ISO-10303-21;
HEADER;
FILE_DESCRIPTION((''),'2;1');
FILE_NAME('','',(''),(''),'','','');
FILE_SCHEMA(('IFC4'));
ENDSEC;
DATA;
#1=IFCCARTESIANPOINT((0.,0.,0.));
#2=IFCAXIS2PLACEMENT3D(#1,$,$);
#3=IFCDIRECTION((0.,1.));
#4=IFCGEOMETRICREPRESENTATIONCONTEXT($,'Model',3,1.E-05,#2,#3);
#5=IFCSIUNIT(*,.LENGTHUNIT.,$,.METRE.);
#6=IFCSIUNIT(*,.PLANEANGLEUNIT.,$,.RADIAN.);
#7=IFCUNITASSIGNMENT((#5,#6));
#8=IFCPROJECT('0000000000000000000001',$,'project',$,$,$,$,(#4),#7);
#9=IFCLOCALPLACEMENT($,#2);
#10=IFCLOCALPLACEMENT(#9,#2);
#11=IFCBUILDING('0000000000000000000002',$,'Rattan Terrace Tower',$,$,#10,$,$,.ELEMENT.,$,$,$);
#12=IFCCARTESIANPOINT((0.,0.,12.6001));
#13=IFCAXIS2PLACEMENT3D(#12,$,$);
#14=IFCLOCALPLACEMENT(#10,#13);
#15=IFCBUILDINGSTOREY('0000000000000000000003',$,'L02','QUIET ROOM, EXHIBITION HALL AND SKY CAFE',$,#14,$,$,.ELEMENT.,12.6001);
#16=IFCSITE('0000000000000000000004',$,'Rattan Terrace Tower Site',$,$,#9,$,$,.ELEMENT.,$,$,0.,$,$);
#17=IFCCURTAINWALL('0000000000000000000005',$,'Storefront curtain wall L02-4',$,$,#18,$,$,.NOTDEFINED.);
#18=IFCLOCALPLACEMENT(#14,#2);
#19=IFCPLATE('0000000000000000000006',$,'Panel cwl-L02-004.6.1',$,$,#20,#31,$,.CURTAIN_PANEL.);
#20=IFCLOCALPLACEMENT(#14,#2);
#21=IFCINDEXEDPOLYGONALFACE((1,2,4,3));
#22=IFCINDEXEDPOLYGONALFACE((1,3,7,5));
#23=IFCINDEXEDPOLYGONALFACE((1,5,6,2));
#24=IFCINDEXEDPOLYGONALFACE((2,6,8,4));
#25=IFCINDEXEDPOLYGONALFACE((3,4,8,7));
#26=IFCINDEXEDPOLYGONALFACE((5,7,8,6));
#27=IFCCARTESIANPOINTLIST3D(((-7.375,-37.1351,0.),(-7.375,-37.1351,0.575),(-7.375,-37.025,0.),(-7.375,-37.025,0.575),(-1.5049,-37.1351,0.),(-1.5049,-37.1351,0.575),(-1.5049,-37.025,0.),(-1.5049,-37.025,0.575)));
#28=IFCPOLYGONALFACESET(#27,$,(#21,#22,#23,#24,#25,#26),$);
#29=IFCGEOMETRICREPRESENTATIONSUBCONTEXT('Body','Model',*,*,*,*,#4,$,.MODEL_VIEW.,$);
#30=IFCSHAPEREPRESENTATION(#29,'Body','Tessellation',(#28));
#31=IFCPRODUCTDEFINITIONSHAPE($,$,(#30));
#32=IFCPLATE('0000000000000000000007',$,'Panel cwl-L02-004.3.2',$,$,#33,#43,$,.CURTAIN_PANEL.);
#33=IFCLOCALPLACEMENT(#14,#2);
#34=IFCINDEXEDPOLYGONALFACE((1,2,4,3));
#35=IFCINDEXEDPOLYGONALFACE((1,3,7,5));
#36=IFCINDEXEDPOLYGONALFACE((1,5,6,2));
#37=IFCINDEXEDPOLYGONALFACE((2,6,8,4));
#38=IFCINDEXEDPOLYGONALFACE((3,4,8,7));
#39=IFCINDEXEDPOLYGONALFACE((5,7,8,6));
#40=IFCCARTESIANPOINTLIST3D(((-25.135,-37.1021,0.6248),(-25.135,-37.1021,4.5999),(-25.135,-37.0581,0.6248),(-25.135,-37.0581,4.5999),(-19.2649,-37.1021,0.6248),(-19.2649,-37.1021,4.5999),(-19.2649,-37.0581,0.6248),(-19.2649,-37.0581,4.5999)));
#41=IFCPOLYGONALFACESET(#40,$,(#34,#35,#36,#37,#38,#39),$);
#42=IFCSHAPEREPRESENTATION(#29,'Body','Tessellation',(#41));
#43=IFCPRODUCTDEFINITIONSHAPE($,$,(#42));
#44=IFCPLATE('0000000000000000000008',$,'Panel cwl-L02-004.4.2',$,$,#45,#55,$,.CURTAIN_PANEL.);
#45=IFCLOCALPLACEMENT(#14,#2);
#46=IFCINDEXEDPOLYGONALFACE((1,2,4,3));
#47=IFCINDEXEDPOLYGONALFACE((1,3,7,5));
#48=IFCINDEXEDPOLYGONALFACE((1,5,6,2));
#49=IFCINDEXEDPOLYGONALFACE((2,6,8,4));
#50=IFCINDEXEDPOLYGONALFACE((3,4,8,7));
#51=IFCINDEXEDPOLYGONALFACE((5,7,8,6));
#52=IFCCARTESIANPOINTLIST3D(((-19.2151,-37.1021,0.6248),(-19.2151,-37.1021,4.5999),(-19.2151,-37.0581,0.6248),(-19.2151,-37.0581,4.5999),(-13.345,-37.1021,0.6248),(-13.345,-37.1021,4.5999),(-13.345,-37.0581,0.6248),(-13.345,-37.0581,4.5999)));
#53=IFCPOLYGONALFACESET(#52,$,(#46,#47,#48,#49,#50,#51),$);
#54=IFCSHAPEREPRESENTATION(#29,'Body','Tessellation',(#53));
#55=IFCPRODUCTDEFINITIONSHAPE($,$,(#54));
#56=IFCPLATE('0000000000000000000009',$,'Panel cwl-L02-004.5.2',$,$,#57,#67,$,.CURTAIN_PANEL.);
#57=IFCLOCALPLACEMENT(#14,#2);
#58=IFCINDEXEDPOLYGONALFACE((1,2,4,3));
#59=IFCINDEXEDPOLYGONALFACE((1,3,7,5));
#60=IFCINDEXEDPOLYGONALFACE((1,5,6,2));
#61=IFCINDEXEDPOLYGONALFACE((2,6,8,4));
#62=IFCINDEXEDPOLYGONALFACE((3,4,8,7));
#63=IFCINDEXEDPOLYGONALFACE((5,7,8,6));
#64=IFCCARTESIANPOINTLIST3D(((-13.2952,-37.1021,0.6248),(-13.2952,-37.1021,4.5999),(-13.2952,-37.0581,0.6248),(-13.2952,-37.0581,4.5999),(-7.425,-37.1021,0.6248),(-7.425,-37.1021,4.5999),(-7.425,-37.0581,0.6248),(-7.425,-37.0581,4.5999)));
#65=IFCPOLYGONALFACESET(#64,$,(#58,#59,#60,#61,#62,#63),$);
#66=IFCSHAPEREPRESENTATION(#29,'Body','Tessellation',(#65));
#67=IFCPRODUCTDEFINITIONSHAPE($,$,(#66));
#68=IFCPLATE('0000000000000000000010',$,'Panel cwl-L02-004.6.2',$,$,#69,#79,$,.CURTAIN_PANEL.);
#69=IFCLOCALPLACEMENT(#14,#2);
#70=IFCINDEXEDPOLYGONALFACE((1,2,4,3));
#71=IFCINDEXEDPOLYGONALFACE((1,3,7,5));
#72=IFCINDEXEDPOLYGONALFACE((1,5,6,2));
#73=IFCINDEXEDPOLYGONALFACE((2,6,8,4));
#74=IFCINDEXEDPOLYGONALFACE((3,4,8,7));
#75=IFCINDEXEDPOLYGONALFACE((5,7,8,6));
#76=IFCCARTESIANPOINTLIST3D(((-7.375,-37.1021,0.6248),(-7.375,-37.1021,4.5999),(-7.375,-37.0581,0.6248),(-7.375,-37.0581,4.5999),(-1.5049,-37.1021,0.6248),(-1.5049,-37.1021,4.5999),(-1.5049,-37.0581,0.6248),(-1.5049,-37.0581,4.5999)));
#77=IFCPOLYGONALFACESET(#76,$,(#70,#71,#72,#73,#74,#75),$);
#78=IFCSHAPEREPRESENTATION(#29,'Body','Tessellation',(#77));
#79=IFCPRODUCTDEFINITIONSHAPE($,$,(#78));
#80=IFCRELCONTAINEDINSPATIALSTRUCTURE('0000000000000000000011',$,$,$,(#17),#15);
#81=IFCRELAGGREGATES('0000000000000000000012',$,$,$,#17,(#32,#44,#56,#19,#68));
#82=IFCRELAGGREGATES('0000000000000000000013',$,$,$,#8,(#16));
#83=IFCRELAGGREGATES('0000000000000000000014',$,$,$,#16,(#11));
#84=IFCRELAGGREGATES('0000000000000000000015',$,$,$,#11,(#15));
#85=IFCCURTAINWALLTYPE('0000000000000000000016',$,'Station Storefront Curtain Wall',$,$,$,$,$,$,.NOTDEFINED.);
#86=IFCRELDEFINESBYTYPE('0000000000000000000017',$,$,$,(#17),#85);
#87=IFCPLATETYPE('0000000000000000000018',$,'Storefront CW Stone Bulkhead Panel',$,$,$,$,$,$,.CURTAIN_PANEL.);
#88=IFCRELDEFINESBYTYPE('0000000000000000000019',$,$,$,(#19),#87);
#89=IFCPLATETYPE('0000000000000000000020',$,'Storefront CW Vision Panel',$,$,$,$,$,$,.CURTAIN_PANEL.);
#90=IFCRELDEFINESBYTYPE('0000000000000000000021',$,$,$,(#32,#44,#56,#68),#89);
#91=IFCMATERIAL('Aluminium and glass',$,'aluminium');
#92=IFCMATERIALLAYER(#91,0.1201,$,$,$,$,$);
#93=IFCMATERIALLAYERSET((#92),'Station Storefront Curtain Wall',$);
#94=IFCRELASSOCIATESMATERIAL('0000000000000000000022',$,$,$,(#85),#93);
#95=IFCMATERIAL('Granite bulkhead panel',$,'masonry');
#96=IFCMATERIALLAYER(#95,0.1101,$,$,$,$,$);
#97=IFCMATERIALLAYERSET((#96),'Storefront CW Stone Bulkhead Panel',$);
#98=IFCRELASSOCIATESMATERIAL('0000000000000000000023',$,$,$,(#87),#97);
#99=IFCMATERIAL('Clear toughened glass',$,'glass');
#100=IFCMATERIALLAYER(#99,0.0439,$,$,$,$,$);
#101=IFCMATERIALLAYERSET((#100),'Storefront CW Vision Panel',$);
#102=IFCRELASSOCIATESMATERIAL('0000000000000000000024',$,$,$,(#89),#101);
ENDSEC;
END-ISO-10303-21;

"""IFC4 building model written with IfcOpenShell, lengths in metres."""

from ifc_helpers import new_model, si_unit, direction, frame, origin, origin_2d, place, context, subcontext, project, spatial, rectangle, extrude, material, layer, layer_set, type_object, element, aggregate, save


model = new_model("IFC4")

# Units and contexts
model_context = context("Model", 3, precision=1e-05, world=origin(), true_north=direction((0.0, 1.0)))
body_context = subcontext(model_context, "Body", "Model", "MODEL_VIEW")
ifc_project = project(units=[si_unit("LENGTHUNIT", "METRE"), si_unit("PLANEANGLEUNIT", "RADIAN")], contexts=[model_context])

# Site, building, storey
site_placement = place(None, origin())
site = spatial("IfcSite", under=ifc_project, at=site_placement, Name="Rattan Terrace Tower Site", CompositionType="ELEMENT", RefElevation=0.0)
building_placement = place(site_placement, origin())
building = spatial("IfcBuilding", under=site, at=building_placement, Name="Rattan Terrace Tower", CompositionType="ELEMENT")
storey_placement = place(building_placement, frame((0.0, 0.0, 12.6001)))
storey = spatial("IfcBuildingStorey", under=building, at=storey_placement, Name="L02", Description="QUIET ROOM, EXHIBITION HALL AND SKY CAFE", CompositionType="ELEMENT", Elevation=12.6001)

# Curtain wall, plates
ifc_material_1 = material(Name="Aluminium and glass", Category="aluminium")
ifc_layer_1 = layer(ifc_material_1, 0.1201)
ifc_layer_set_1 = layer_set([ifc_layer_1], Name="Station Storefront Curtain Wall")
curtain_wall_type = type_object("IfcCurtainWallType", Name="Station Storefront Curtain Wall", PredefinedType="NOTDEFINED", material=ifc_layer_set_1)
curtain_wall_placement = place(storey_placement, origin())
curtain_wall = element("IfcCurtainWall", 1, at=curtain_wall_placement, inside=storey, type_object=curtain_wall_type, Name="Storefront curtain wall L02-4", PredefinedType="NOTDEFINED")
ifc_material_2 = material(Name="Granite bulkhead panel", Category="masonry")
ifc_layer_2 = layer(ifc_material_2, 0.1101)
ifc_layer_set_2 = layer_set([ifc_layer_2], Name="Storefront CW Stone Bulkhead Panel")
plate_type_1 = type_object("IfcPlateType", Name="Storefront CW Stone Bulkhead Panel", PredefinedType="CURTAIN_PANEL", material=ifc_layer_set_2)
plate_1_placement = place(storey_placement, frame((-4.4399, -37.0801, 0.0), z_axis=(0.0, 0.0, 1.0), x_axis=(1.0, 0.0, 0.0)))
plate_1 = element("IfcPlate", 2, at=plate_1_placement, type_object=plate_type_1, Name="Panel cwl-L02-004.6.1", PredefinedType="CURTAIN_PANEL", context=body_context, shape_type="SweptSolid", body=[
    extrude(rectangle(XDim=5.8701, YDim=0.1101, at=origin_2d()), origin(), (0.0, 0.0, 1.0), 0.575),
])
ifc_material_3 = material(Name="Clear toughened glass", Category="glass")
ifc_layer_3 = layer(ifc_material_3, 0.0439)
ifc_layer_set_3 = layer_set([ifc_layer_3], Name="Storefront CW Vision Panel")
plate_type_2 = type_object("IfcPlateType", Name="Storefront CW Vision Panel", PredefinedType="CURTAIN_PANEL", material=ifc_layer_set_3)
plate_2_placement = place(storey_placement, frame((-22.2, -37.0801, 0.6248), z_axis=(0.0, 0.0, 1.0), x_axis=(1.0, 0.0, 0.0)))
plate_2 = element("IfcPlate", 3, at=plate_2_placement, type_object=plate_type_2, Name="Panel cwl-L02-004.3.2", PredefinedType="CURTAIN_PANEL", context=body_context, shape_type="SweptSolid", body=[
    extrude(rectangle(XDim=5.8701, YDim=0.0439, at=origin_2d()), origin(), (0.0, 0.0, 1.0), 3.9751),
])
plate_3_placement = place(storey_placement, frame((-16.28, -37.0801, 0.6248), z_axis=(0.0, 0.0, 1.0), x_axis=(1.0, 0.0, 0.0)))
plate_3 = element("IfcPlate", 4, at=plate_3_placement, type_object=plate_type_2, Name="Panel cwl-L02-004.4.2", PredefinedType="CURTAIN_PANEL", context=body_context, shape_type="SweptSolid", body=[
    extrude(rectangle(XDim=5.8701, YDim=0.0439, at=origin_2d()), origin(), (0.0, 0.0, 1.0), 3.9751),
])
plate_4_placement = place(storey_placement, frame((-10.3601, -37.0801, 0.6248), z_axis=(0.0, 0.0, 1.0), x_axis=(1.0, 0.0, 0.0)))
plate_4 = element("IfcPlate", 5, at=plate_4_placement, type_object=plate_type_2, Name="Panel cwl-L02-004.5.2", PredefinedType="CURTAIN_PANEL", context=body_context, shape_type="SweptSolid", body=[
    extrude(rectangle(XDim=5.8701, YDim=0.0439, at=origin_2d()), origin(), (0.0, 0.0, 1.0), 3.9751),
])
plate_5_placement = place(storey_placement, frame((-4.4399, -37.0801, 0.6248), z_axis=(0.0, 0.0, 1.0), x_axis=(1.0, 0.0, 0.0)))
plate_5 = element("IfcPlate", 6, at=plate_5_placement, type_object=plate_type_2, Name="Panel cwl-L02-004.6.2", PredefinedType="CURTAIN_PANEL", context=body_context, shape_type="SweptSolid", body=[
    extrude(rectangle(XDim=5.8701, YDim=0.0439, at=origin_2d()), origin(), (0.0, 0.0, 1.0), 3.9751),
])
aggregate(curtain_wall, [plate_2, plate_3, plate_4, plate_1, plate_5])

save(model, "model.ifc")
